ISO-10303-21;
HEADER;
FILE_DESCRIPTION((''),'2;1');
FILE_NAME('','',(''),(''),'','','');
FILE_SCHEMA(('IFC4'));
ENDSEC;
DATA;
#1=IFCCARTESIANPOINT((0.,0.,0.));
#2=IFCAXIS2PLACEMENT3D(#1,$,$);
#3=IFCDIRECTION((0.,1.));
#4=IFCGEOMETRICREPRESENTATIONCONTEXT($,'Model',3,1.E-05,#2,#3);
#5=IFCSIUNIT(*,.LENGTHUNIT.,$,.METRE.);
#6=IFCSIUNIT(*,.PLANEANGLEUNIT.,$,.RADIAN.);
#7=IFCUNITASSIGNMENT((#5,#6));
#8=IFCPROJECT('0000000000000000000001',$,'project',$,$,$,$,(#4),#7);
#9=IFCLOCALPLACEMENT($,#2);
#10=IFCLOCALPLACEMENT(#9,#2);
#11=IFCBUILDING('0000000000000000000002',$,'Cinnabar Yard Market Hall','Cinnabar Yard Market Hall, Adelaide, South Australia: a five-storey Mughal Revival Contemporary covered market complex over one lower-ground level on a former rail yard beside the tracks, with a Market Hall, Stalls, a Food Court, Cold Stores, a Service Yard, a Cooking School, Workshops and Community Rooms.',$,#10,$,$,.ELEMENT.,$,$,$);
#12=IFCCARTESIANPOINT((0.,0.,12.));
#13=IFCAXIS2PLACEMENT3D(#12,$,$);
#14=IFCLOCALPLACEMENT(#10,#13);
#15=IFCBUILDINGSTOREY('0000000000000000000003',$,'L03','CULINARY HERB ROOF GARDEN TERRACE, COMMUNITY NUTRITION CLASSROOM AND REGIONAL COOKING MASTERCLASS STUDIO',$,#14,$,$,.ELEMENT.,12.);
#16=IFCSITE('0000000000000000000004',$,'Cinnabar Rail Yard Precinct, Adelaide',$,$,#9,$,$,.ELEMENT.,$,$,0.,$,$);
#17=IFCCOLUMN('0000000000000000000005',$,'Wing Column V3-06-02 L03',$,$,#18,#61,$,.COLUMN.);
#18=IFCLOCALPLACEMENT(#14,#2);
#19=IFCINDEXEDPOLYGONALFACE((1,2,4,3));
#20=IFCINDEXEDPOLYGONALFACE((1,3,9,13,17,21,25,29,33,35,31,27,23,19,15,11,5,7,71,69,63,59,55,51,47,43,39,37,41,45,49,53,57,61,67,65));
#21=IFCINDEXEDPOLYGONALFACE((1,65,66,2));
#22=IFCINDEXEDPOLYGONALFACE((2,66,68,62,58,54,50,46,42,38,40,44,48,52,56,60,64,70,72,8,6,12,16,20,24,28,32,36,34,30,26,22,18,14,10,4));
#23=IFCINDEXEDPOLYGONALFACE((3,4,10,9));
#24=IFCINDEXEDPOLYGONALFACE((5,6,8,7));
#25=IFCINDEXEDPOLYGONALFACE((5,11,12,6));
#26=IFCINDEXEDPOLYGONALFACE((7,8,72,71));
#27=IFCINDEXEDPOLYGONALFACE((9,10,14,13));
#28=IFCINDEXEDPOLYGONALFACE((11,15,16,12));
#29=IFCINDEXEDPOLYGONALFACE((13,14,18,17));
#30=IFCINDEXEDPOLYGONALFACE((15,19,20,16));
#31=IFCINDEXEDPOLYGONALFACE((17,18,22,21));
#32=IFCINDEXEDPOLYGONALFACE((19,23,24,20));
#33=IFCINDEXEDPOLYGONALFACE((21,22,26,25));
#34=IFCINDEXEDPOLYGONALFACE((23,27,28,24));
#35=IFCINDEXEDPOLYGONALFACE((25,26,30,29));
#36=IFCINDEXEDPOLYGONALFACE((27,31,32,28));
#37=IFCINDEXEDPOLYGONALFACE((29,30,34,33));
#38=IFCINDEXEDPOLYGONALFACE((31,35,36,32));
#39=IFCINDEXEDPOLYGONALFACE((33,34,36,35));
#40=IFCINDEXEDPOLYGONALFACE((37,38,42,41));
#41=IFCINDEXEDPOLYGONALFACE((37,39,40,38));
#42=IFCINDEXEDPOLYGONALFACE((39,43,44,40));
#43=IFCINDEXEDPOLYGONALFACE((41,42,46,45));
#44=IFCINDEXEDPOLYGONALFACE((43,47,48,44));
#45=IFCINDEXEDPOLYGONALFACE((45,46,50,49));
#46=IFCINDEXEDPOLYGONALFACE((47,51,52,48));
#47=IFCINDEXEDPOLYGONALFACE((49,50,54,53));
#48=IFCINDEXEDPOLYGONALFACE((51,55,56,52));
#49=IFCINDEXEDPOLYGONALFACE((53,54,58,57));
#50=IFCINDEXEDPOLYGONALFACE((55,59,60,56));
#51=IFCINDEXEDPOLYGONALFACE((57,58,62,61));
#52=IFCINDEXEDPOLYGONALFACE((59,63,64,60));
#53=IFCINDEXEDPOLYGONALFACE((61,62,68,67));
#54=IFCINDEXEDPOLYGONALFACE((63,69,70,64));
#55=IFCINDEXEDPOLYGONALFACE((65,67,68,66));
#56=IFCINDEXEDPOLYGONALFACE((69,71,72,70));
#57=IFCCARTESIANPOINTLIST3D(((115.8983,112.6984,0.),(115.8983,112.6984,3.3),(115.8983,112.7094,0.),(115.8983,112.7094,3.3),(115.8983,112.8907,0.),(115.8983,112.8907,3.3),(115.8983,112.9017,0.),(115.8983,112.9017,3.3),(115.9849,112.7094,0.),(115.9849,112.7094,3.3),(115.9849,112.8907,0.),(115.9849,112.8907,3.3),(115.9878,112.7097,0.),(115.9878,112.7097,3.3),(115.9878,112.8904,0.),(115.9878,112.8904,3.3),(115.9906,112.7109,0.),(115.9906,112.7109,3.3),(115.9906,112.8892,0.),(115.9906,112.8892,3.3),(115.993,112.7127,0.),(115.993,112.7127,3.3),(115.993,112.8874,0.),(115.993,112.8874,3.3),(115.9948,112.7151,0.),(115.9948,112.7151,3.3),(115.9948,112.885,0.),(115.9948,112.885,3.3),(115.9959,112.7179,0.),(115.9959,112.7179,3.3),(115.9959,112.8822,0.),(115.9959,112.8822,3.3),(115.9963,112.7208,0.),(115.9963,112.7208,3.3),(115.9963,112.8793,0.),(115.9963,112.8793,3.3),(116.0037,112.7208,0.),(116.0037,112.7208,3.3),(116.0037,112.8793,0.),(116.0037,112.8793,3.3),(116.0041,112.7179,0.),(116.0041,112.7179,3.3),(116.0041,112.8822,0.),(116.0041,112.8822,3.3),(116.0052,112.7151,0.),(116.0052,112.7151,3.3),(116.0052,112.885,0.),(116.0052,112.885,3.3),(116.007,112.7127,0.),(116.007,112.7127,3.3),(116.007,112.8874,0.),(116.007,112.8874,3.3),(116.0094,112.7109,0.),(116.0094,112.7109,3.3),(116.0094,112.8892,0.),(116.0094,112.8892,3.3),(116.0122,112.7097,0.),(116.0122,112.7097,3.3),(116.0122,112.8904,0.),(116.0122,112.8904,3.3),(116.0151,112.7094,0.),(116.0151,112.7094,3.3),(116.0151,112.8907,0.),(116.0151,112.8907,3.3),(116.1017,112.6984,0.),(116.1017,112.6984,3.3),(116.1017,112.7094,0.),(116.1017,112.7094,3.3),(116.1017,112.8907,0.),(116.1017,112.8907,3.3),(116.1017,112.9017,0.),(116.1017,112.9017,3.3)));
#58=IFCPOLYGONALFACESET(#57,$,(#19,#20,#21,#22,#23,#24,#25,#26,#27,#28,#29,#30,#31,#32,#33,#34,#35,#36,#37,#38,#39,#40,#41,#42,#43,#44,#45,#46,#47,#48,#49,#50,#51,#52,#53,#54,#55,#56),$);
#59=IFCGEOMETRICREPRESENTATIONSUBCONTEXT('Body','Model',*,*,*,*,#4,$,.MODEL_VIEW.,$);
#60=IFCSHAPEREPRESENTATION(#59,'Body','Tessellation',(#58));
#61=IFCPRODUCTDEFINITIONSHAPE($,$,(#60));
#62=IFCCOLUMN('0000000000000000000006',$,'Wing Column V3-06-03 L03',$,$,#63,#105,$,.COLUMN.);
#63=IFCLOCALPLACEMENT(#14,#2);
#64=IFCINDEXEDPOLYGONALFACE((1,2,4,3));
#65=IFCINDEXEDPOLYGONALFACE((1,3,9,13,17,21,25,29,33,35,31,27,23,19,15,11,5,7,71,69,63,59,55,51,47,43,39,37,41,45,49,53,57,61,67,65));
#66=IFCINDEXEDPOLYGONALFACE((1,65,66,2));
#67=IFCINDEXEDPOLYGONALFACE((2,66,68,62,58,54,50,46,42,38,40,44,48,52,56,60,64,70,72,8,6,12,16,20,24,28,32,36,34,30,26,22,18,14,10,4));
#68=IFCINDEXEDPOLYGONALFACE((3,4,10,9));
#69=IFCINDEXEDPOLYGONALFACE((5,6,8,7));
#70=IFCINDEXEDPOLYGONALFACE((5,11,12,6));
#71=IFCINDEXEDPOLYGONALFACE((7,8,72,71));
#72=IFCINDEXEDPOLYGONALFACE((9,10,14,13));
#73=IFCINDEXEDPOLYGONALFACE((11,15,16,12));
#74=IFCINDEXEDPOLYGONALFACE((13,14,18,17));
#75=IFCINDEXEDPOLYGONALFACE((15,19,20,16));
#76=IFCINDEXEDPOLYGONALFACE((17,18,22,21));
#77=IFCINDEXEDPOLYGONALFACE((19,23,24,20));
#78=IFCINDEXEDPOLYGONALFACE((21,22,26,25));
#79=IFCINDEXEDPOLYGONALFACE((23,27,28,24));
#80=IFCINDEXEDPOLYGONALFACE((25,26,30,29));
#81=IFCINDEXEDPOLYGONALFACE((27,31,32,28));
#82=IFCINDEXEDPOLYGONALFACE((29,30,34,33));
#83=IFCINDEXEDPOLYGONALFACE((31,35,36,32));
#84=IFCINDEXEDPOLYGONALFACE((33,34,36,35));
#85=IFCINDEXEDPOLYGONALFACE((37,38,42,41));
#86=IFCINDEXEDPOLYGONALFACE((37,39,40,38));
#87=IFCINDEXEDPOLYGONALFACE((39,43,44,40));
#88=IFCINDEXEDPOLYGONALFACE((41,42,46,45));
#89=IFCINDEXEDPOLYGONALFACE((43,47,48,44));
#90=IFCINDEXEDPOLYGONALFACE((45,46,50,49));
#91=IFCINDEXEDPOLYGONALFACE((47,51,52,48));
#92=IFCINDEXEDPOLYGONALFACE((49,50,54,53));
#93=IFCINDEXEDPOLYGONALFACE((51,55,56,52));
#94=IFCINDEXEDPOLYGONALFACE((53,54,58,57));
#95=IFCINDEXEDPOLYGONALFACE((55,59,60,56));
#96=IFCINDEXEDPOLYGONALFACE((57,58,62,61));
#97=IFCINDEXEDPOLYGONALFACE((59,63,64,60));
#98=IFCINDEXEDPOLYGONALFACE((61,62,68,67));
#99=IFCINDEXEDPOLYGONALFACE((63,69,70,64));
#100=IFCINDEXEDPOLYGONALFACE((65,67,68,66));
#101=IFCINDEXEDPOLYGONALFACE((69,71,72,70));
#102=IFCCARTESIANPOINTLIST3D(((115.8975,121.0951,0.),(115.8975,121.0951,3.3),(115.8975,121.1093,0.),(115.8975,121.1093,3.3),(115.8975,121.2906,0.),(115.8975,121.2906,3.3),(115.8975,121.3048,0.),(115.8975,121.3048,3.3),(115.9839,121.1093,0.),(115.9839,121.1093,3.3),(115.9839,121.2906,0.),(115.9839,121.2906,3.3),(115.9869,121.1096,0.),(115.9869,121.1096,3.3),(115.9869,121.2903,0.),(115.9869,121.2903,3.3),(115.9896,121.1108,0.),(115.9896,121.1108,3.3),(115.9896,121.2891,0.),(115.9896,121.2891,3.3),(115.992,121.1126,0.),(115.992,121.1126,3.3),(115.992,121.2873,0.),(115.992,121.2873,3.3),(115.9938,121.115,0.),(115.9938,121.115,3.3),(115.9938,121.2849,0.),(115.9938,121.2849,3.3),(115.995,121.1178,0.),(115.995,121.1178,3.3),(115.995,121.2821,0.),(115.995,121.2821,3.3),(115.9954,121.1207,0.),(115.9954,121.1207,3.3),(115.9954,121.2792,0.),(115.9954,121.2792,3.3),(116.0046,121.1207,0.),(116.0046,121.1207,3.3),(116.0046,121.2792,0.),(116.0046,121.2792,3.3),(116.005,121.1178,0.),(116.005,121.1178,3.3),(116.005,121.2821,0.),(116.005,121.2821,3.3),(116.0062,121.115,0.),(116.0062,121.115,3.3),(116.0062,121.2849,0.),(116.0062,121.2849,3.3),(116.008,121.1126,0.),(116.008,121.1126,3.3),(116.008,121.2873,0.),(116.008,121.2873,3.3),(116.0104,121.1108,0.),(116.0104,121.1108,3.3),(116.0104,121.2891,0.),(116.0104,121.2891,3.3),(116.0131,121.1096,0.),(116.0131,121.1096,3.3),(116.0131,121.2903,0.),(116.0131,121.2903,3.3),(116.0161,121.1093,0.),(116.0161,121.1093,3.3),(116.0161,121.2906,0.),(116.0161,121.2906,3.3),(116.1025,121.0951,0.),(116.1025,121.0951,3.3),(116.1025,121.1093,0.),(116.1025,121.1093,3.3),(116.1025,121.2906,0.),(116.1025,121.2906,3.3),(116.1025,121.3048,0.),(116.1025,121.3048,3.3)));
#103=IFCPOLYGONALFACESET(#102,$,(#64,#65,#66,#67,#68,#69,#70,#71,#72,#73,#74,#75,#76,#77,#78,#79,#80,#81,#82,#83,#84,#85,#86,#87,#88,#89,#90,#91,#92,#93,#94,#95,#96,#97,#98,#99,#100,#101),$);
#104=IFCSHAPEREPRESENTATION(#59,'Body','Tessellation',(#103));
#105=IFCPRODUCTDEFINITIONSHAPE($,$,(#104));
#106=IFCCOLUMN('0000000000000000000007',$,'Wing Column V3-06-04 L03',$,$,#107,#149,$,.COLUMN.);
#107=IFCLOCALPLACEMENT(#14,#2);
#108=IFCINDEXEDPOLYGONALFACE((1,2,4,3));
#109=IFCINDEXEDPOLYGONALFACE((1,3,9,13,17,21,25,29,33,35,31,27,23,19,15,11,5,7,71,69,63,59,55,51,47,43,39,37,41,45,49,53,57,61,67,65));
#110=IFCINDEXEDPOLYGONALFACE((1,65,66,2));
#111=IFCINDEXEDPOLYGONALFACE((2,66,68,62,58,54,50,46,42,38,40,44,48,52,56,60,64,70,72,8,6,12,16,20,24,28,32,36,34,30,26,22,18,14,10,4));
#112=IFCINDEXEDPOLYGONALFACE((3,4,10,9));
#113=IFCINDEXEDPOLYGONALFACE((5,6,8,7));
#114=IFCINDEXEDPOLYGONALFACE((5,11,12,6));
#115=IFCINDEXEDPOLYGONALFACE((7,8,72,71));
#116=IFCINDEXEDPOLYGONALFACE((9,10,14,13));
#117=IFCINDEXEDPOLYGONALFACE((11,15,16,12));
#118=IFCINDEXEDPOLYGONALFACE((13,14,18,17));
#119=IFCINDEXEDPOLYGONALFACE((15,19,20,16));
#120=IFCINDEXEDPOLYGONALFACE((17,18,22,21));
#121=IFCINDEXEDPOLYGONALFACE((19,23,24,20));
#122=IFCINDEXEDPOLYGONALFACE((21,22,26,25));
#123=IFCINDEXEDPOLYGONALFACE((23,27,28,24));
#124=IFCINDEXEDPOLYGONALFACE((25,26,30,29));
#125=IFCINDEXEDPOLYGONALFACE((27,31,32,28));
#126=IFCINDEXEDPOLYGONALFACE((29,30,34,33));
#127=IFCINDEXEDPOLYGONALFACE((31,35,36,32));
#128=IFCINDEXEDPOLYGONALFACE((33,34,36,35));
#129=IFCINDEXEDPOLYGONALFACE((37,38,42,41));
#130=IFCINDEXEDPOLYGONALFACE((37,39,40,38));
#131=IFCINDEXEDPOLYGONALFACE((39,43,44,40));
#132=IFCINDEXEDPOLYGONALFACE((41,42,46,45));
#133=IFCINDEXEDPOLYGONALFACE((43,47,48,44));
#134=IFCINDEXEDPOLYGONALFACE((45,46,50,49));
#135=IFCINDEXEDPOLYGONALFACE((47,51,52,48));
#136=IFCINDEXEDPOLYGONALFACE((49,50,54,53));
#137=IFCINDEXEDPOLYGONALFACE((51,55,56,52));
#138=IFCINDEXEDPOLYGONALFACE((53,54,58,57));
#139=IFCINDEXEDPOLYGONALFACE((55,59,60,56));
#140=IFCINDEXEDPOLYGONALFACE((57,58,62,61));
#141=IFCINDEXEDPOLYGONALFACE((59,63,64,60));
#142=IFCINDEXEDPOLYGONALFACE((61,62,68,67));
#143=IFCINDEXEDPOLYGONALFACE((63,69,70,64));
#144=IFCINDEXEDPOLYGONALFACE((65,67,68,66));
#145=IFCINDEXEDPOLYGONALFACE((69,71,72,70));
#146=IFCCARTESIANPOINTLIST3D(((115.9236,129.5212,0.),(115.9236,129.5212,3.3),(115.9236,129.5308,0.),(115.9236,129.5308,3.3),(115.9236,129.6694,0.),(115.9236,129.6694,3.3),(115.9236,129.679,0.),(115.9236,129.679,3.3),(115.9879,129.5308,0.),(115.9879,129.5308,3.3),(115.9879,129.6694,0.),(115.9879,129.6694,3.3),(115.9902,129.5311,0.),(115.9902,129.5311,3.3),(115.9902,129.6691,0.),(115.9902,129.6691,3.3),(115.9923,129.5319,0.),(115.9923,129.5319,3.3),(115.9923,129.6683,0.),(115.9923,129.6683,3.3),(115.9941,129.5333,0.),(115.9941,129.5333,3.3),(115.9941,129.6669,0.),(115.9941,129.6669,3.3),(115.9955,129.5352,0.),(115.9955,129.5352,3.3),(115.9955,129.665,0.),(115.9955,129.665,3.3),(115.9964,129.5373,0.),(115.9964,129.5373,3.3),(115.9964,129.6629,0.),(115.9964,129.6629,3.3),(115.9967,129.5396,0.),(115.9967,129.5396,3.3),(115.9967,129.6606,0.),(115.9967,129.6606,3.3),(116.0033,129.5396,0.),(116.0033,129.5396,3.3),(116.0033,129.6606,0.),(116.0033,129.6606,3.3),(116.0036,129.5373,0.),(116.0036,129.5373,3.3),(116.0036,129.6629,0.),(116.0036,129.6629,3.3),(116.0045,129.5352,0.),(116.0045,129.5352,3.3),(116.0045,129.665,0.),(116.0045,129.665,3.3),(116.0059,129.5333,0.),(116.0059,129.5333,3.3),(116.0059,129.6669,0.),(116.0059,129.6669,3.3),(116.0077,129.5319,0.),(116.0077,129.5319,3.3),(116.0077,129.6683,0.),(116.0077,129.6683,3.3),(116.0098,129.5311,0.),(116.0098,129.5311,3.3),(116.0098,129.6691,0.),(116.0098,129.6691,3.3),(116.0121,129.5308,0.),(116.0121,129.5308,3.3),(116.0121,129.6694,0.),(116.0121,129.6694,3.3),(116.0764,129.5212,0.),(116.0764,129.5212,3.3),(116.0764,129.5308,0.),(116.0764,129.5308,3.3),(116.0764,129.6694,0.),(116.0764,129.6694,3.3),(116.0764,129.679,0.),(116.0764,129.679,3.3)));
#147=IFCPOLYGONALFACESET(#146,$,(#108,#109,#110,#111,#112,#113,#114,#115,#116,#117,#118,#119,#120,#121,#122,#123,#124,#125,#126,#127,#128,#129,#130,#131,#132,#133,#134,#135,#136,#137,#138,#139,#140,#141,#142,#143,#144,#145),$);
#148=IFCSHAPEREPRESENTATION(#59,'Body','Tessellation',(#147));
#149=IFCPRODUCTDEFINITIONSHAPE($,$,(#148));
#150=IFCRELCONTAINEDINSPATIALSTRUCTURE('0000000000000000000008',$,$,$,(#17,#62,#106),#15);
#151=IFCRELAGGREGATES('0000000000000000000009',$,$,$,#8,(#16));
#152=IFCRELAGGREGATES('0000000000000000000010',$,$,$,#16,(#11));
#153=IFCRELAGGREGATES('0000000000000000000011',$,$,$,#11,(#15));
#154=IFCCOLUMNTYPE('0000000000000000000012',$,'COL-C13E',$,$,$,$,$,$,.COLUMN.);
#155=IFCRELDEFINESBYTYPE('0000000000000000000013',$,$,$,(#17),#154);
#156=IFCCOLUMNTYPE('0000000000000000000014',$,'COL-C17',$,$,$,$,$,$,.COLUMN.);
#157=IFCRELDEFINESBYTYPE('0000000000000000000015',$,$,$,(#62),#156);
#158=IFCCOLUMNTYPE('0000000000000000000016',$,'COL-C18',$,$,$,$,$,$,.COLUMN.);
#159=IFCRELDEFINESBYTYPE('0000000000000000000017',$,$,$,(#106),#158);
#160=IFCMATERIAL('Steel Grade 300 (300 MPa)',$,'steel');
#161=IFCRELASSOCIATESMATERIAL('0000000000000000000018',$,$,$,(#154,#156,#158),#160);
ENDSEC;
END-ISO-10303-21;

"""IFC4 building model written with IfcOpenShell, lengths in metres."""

from ifc_helpers import new_model, si_unit, direction, frame, origin, origin_2d_with_axis, place, context, subcontext, project, spatial, i_section, extrude, material, material_profile, profile_set, type_object, element, save


model = new_model("IFC4")

# Units and contexts
model_context = context("Model", 3, precision=1e-05, world=origin(), true_north=direction((0.0, 1.0)))
body_context = subcontext(model_context, "Body", "Model", "MODEL_VIEW")
ifc_project = project(units=[si_unit("LENGTHUNIT", "METRE"), si_unit("PLANEANGLEUNIT", "RADIAN")], contexts=[model_context])

# Site, building, storey
site_placement = place(None, origin())
site = spatial("IfcSite", under=ifc_project, at=site_placement, Name="Cinnabar Rail Yard Precinct, Adelaide", CompositionType="ELEMENT", RefElevation=0.0)
building_placement = place(site_placement, origin())
building = spatial("IfcBuilding", under=site, at=building_placement, Name="Cinnabar Yard Market Hall", Description="Cinnabar Yard Market Hall, Adelaide, South Australia: a five-storey Mughal Revival Contemporary covered market complex over one lower-ground level on a former rail yard beside the tracks, with a Market Hall, Stalls, a Food Court, Cold Stores, a Service Yard, a Cooking School, Workshops and Community Rooms.", CompositionType="ELEMENT")
storey_placement = place(building_placement, frame((0.0, 0.0, 12.0)))
storey = spatial("IfcBuildingStorey", under=building, at=storey_placement, Name="L03", Description="CULINARY HERB ROOF GARDEN TERRACE, COMMUNITY NUTRITION CLASSROOM AND REGIONAL COOKING MASTERCLASS STUDIO", CompositionType="ELEMENT", Elevation=12.0)

# Columns
ifc_material_1 = material(Name="Steel Grade 300 (300 MPa)", Category="steel")
ifc_material_profile_1 = material_profile(ifc_material_1, i_section(OverallWidth=0.2034, OverallDepth=0.2034, WebThickness=0.0073, FlangeThickness=0.011, FilletRadius=0.0115, at=origin_2d_with_axis()), Name="200UC46.2")
ifc_profile_set_1 = profile_set([ifc_material_profile_1], Name="Steel Grade 300 (300 MPa)")
column_type_1 = type_object("IfcColumnType", Name="COL-C13E", PredefinedType="COLUMN", material=ifc_profile_set_1)
column_1_placement = place(storey_placement, frame((116.0, 112.8, 0.0), z_axis=(0.0, 0.0, 1.0), x_axis=(1.0, 0.0, 0.0)))
element("IfcColumn", 1, at=column_1_placement, inside=storey, type_object=column_type_1, Name="Wing Column V3-06-02 L03", PredefinedType="COLUMN", context=body_context, shape_type="SweptSolid", body=[
    extrude(i_section(OverallWidth=0.2034, OverallDepth=0.2034, WebThickness=0.0073, FlangeThickness=0.011, FilletRadius=0.0115, at=origin_2d_with_axis()), origin(), (0.0, 0.0, 1.0), 3.3),
])
ifc_material_profile_2 = material_profile(ifc_material_1, i_section(OverallWidth=0.2051, OverallDepth=0.2097, WebThickness=0.0093, FlangeThickness=0.0142, FilletRadius=0.0115, at=origin_2d_with_axis()), Name="200UC59.5")
ifc_profile_set_2 = profile_set([ifc_material_profile_2], Name="Steel Grade 300 (300 MPa)")
column_type_2 = type_object("IfcColumnType", Name="COL-C17", PredefinedType="COLUMN", material=ifc_profile_set_2)
column_2_placement = place(storey_placement, frame((116.0, 121.2, 0.0), z_axis=(0.0, 0.0, 1.0), x_axis=(1.0, 0.0, 0.0)))
element("IfcColumn", 2, at=column_2_placement, inside=storey, type_object=column_type_2, Name="Wing Column V3-06-03 L03", PredefinedType="COLUMN", context=body_context, shape_type="SweptSolid", body=[
    extrude(i_section(OverallWidth=0.2051, OverallDepth=0.2097, WebThickness=0.0093, FlangeThickness=0.0142, FilletRadius=0.0115, at=origin_2d_with_axis()), origin(), (0.0, 0.0, 1.0), 3.3),
])
ifc_material_profile_3 = material_profile(ifc_material_1, i_section(OverallWidth=0.1528, OverallDepth=0.1577, WebThickness=0.0066, FlangeThickness=0.0095, FilletRadius=0.0088, at=origin_2d_with_axis()), Name="150UC30.0")
ifc_profile_set_3 = profile_set([ifc_material_profile_3], Name="Steel Grade 300 (300 MPa)")
column_type_3 = type_object("IfcColumnType", Name="COL-C18", PredefinedType="COLUMN", material=ifc_profile_set_3)
column_3_placement = place(storey_placement, frame((116.0, 129.6001, 0.0), z_axis=(0.0, 0.0, 1.0), x_axis=(1.0, 0.0, 0.0)))
element("IfcColumn", 3, at=column_3_placement, inside=storey, type_object=column_type_3, Name="Wing Column V3-06-04 L03", PredefinedType="COLUMN", context=body_context, shape_type="SweptSolid", body=[
    extrude(i_section(OverallWidth=0.1528, OverallDepth=0.1577, WebThickness=0.0066, FlangeThickness=0.0095, FilletRadius=0.0088, at=origin_2d_with_axis()), origin(), (0.0, 0.0, 1.0), 3.3),
])

save(model, "model.ifc")
